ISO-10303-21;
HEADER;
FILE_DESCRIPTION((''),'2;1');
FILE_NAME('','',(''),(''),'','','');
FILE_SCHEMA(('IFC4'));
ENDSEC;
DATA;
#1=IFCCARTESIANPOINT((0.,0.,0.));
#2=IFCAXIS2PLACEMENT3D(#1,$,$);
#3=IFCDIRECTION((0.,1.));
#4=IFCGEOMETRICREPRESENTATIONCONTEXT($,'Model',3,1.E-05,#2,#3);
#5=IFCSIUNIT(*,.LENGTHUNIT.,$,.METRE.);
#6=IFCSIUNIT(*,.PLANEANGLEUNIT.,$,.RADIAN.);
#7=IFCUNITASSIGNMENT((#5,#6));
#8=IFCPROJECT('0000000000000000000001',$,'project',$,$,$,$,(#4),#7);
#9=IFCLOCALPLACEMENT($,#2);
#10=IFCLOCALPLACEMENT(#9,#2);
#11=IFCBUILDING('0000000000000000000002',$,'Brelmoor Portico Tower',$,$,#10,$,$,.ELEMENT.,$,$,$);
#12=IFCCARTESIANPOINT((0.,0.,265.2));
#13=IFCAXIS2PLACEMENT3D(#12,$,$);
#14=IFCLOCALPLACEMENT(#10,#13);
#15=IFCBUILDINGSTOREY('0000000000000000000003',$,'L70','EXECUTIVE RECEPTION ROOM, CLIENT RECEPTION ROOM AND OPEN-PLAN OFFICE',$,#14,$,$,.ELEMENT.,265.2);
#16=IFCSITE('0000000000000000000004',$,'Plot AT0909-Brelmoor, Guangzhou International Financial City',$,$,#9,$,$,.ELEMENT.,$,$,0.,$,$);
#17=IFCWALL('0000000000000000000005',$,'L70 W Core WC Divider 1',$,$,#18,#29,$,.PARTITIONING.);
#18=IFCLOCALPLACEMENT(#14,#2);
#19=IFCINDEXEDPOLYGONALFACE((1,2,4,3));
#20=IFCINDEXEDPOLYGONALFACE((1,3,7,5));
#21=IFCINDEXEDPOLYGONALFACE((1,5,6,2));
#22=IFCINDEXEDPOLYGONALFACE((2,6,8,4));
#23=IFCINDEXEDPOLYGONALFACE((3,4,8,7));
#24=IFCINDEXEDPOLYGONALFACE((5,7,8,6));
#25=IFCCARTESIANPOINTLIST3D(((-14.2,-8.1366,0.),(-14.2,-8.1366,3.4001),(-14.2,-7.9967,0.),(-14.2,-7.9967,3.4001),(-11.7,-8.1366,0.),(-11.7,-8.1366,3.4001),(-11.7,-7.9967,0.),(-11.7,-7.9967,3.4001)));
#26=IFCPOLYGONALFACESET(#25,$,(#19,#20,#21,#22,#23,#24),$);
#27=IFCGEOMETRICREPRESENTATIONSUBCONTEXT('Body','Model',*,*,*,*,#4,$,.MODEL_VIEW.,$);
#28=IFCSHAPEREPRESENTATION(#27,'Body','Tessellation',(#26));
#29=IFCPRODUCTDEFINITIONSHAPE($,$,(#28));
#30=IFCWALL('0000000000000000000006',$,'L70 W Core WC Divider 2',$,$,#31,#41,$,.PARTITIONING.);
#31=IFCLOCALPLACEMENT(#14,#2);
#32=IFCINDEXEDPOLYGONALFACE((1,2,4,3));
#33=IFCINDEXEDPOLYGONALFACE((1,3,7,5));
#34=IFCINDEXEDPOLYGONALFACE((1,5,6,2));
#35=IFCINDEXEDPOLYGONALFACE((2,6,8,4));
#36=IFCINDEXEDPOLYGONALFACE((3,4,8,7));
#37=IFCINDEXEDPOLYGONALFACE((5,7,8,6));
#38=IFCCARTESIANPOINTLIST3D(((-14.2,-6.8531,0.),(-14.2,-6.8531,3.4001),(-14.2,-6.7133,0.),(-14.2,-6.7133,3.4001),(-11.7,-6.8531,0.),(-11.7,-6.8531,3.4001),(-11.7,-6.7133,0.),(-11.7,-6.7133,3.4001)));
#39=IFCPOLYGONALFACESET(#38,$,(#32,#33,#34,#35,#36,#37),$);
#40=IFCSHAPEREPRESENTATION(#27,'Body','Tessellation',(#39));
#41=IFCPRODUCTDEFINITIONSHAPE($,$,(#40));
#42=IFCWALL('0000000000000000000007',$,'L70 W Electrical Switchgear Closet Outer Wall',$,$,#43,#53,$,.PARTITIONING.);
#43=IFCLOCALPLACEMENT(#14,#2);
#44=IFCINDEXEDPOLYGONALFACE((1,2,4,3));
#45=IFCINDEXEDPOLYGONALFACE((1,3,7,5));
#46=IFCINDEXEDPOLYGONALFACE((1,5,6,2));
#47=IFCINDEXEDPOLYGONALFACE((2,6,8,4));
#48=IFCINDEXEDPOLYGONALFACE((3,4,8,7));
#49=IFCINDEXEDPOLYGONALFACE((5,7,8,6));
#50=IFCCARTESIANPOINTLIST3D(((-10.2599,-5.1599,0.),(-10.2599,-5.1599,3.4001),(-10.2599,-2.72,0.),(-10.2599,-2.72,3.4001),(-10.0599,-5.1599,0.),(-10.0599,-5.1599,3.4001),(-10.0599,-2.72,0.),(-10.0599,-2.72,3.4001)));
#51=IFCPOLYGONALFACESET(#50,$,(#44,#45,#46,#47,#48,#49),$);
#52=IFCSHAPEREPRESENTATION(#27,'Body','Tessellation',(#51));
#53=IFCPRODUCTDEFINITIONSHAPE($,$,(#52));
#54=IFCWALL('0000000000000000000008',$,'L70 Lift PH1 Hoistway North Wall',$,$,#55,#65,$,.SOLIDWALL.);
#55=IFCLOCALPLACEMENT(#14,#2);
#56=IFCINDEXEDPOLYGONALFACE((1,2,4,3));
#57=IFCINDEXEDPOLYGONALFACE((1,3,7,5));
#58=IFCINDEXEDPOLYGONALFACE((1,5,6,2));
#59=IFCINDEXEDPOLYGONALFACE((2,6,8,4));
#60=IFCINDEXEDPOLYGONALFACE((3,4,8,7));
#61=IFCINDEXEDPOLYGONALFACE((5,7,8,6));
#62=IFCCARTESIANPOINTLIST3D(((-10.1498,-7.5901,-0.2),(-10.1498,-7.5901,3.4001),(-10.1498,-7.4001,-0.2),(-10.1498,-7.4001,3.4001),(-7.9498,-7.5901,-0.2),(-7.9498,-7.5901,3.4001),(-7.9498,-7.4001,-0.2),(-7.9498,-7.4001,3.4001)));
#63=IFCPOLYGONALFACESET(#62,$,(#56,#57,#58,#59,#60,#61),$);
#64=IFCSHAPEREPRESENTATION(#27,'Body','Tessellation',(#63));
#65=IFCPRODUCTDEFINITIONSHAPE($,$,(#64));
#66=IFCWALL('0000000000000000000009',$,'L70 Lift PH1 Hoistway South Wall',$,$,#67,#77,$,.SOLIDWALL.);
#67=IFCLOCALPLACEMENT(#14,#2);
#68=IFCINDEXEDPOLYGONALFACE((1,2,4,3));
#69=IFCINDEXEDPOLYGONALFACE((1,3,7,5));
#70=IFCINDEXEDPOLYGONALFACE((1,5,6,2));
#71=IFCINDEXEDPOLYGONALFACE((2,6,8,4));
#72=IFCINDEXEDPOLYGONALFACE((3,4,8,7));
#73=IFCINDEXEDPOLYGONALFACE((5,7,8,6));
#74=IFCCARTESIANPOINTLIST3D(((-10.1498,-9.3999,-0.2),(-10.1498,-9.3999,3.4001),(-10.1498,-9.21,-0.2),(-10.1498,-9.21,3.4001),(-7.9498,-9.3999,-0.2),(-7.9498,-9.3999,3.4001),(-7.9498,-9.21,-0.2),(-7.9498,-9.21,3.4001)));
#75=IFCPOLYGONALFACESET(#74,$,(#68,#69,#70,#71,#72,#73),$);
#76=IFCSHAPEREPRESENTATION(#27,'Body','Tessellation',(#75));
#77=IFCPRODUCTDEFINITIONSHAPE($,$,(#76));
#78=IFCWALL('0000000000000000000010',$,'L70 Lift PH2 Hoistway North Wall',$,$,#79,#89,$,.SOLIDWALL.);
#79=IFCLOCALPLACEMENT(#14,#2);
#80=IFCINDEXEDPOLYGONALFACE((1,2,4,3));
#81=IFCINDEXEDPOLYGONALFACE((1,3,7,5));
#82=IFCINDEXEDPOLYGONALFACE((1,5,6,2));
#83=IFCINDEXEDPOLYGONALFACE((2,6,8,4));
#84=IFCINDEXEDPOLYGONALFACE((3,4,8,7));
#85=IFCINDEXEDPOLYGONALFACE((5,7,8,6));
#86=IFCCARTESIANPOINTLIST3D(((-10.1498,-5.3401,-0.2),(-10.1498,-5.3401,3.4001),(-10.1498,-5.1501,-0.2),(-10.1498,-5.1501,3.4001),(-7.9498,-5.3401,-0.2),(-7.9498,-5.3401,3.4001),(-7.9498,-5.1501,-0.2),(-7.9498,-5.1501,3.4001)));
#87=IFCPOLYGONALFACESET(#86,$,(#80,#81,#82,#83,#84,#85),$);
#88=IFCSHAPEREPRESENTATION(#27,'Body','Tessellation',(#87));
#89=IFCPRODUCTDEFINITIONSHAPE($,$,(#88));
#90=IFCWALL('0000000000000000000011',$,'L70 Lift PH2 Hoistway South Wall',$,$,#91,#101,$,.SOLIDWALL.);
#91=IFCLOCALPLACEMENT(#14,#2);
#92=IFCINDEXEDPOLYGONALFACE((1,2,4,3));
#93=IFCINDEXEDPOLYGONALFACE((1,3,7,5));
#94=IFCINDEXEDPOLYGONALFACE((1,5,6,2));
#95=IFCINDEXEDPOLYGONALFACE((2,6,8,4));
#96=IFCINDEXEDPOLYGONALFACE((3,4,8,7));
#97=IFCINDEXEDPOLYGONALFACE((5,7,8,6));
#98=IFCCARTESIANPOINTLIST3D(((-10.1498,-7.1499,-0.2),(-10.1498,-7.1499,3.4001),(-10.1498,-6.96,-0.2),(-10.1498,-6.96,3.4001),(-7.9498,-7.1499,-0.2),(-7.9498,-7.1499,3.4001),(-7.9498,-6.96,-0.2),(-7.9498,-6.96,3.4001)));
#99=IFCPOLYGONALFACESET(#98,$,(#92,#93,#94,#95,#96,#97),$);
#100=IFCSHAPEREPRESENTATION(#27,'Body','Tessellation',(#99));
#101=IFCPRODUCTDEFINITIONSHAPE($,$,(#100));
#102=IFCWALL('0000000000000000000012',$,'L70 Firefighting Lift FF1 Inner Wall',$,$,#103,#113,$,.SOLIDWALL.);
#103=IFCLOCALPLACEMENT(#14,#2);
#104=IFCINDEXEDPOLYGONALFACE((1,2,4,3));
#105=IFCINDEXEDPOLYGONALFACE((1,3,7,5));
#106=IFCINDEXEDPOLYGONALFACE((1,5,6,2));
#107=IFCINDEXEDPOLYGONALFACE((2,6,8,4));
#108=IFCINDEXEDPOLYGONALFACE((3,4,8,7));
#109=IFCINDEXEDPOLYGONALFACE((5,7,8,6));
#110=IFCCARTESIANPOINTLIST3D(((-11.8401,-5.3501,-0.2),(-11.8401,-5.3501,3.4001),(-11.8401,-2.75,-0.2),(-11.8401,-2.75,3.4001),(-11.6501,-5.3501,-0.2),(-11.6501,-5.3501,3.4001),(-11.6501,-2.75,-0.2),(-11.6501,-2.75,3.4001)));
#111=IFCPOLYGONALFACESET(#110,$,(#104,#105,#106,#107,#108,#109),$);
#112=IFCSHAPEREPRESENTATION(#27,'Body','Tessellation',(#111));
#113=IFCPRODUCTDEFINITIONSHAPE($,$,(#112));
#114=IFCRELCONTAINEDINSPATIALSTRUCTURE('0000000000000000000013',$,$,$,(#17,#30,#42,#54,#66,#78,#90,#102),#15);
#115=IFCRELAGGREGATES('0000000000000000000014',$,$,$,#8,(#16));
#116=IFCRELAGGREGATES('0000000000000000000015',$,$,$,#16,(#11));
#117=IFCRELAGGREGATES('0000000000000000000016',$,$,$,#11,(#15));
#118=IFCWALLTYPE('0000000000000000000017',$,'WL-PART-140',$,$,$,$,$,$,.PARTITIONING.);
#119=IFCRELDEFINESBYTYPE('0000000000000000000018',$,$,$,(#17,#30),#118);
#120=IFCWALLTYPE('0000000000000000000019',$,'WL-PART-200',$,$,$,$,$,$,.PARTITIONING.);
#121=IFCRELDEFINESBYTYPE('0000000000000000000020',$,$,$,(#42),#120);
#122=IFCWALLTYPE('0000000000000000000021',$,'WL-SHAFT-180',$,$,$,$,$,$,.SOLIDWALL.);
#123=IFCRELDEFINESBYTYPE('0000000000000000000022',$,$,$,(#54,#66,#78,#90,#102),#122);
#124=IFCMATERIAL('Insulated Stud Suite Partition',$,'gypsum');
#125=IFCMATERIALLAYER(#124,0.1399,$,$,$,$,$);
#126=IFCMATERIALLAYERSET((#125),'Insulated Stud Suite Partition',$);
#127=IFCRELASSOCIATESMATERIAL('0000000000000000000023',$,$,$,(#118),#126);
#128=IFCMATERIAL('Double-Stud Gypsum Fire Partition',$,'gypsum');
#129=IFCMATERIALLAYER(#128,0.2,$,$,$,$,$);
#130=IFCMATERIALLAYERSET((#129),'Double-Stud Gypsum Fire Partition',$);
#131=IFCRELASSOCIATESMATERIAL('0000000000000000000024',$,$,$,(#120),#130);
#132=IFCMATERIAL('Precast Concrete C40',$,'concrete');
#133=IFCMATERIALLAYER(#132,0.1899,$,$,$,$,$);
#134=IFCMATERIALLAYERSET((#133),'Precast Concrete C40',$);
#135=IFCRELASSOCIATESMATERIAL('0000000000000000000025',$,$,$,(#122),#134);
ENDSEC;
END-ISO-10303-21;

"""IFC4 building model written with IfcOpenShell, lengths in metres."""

from ifc_helpers import new_model, si_unit, direction, frame, frame_2d, origin, place, context, subcontext, project, spatial, rectangle, extrude, material, layer, layer_set, type_object, element, save


model = new_model("IFC4")

# Units and contexts
model_context = context("Model", 3, precision=1e-05, world=origin(), true_north=direction((0.0, 1.0)))
body_context = subcontext(model_context, "Body", "Model", "MODEL_VIEW")
ifc_project = project(units=[si_unit("LENGTHUNIT", "METRE"), si_unit("PLANEANGLEUNIT", "RADIAN")], contexts=[model_context])

# Site, building, storey
site_placement = place(None, origin())
site = spatial("IfcSite", under=ifc_project, at=site_placement, Name="Plot AT0909-Brelmoor, Guangzhou International Financial City", CompositionType="ELEMENT", RefElevation=0.0)
building_placement = place(site_placement, origin())
building = spatial("IfcBuilding", under=site, at=building_placement, Name="Brelmoor Portico Tower", CompositionType="ELEMENT")
storey_placement = place(building_placement, frame((0.0, 0.0, 265.2)))
storey = spatial("IfcBuildingStorey", under=building, at=storey_placement, Name="L70", Description="EXECUTIVE RECEPTION ROOM, CLIENT RECEPTION ROOM AND OPEN-PLAN OFFICE", CompositionType="ELEMENT", Elevation=265.2)

# Walls
ifc_material_1 = material(Name="Insulated Stud Suite Partition", Category="gypsum")
ifc_layer_1 = layer(ifc_material_1, 0.1399)
ifc_layer_set_1 = layer_set([ifc_layer_1], Name="Insulated Stud Suite Partition")
wall_type_1 = type_object("IfcWallType", Name="WL-PART-140", PredefinedType="PARTITIONING", material=ifc_layer_set_1)
for number, where, z_axis, x_axis, name in (
    (1, (-11.7, -8.0667, 0.0), (0.0, 0.0, 1.0), (-1.0, 0.0, 0.0), "L70 W Core WC Divider 1"),
    (2, (-11.7, -6.7832, 0.0), (0.0, 0.0, 1.0), (-1.0, 0.0, 0.0), "L70 W Core WC Divider 2"),
):
    element("IfcWall", number, at=place(storey_placement, frame(where, z_axis=z_axis, x_axis=x_axis)), inside=storey, type_object=wall_type_1, Name=name, PredefinedType="PARTITIONING", context=body_context, shape_type="SweptSolid", body=[
        extrude(rectangle(XDim=2.5, YDim=0.1399, at=frame_2d((1.25, 0.0))), origin(), (0.0, 0.0, 1.0), 3.4001),
    ])

# Shared definitions
ifc_material_2 = material(Name="Double-Stud Gypsum Fire Partition", Category="gypsum")
ifc_layer_2 = layer(ifc_material_2, 0.2)
ifc_layer_set_2 = layer_set([ifc_layer_2], Name="Double-Stud Gypsum Fire Partition")
wall_type_2 = type_object("IfcWallType", Name="WL-PART-200", PredefinedType="PARTITIONING", material=ifc_layer_set_2)

# Walls
wall_1_placement = place(storey_placement, frame((-10.1599, -5.1599, 0.0), z_axis=(0.0, 0.0, 1.0), x_axis=(0.0, 1.0, 0.0)))
element("IfcWall", 3, at=wall_1_placement, inside=storey, type_object=wall_type_2, Name="L70 W Electrical Switchgear Closet Outer Wall", PredefinedType="PARTITIONING", context=body_context, shape_type="SweptSolid", body=[
    extrude(rectangle(XDim=2.4399, YDim=0.2, at=frame_2d((1.22, 0.0))), origin(), (0.0, 0.0, 1.0), 3.4001),
])
ifc_material_3 = material(Name="Precast Concrete C40", Category="concrete")
ifc_layer_3 = layer(ifc_material_3, 0.1899)
ifc_layer_set_3 = layer_set([ifc_layer_3], Name="Precast Concrete C40")
wall_type_3 = type_object("IfcWallType", Name="WL-SHAFT-180", PredefinedType="SOLIDWALL", material=ifc_layer_set_3)
for number, where, z_axis, x_axis, name in (
    (4, (-10.1499, -7.4951, -0.2), (0.0, 0.0, 1.0), (1.0, 0.0, 0.0), "L70 Lift PH1 Hoistway North Wall"),
    (5, (-10.1499, -9.3049, -0.2), (0.0, 0.0, 1.0), (1.0, 0.0, 0.0), "L70 Lift PH1 Hoistway South Wall"),
    (6, (-10.1499, -5.2451, -0.2), (0.0, 0.0, 1.0), (1.0, 0.0, 0.0), "L70 Lift PH2 Hoistway North Wall"),
    (7, (-10.1499, -7.0549, -0.2), (0.0, 0.0, 1.0), (1.0, 0.0, 0.0), "L70 Lift PH2 Hoistway South Wall"),
):
    element("IfcWall", number, at=place(storey_placement, frame(where, z_axis=z_axis, x_axis=x_axis)), inside=storey, type_object=wall_type_3, Name=name, PredefinedType="SOLIDWALL", context=body_context, shape_type="SweptSolid", body=[
        extrude(rectangle(XDim=2.2, YDim=0.1899, at=frame_2d((1.1001, 0.0))), origin(), (0.0, 0.0, 1.0), 3.6001),
    ])
wall_2_placement = place(storey_placement, frame((-11.7451, -5.3501, -0.2), z_axis=(0.0, 0.0, 1.0), x_axis=(0.0, 1.0, 0.0)))
element("IfcWall", 8, at=wall_2_placement, inside=storey, type_object=wall_type_3, Name="L70 Firefighting Lift FF1 Inner Wall", PredefinedType="SOLIDWALL", context=body_context, shape_type="SweptSolid", body=[
    extrude(rectangle(XDim=2.6001, YDim=0.1899, at=frame_2d((1.3, 0.0))), origin(), (0.0, 0.0, 1.0), 3.6001),
])

save(model, "model.ifc")
